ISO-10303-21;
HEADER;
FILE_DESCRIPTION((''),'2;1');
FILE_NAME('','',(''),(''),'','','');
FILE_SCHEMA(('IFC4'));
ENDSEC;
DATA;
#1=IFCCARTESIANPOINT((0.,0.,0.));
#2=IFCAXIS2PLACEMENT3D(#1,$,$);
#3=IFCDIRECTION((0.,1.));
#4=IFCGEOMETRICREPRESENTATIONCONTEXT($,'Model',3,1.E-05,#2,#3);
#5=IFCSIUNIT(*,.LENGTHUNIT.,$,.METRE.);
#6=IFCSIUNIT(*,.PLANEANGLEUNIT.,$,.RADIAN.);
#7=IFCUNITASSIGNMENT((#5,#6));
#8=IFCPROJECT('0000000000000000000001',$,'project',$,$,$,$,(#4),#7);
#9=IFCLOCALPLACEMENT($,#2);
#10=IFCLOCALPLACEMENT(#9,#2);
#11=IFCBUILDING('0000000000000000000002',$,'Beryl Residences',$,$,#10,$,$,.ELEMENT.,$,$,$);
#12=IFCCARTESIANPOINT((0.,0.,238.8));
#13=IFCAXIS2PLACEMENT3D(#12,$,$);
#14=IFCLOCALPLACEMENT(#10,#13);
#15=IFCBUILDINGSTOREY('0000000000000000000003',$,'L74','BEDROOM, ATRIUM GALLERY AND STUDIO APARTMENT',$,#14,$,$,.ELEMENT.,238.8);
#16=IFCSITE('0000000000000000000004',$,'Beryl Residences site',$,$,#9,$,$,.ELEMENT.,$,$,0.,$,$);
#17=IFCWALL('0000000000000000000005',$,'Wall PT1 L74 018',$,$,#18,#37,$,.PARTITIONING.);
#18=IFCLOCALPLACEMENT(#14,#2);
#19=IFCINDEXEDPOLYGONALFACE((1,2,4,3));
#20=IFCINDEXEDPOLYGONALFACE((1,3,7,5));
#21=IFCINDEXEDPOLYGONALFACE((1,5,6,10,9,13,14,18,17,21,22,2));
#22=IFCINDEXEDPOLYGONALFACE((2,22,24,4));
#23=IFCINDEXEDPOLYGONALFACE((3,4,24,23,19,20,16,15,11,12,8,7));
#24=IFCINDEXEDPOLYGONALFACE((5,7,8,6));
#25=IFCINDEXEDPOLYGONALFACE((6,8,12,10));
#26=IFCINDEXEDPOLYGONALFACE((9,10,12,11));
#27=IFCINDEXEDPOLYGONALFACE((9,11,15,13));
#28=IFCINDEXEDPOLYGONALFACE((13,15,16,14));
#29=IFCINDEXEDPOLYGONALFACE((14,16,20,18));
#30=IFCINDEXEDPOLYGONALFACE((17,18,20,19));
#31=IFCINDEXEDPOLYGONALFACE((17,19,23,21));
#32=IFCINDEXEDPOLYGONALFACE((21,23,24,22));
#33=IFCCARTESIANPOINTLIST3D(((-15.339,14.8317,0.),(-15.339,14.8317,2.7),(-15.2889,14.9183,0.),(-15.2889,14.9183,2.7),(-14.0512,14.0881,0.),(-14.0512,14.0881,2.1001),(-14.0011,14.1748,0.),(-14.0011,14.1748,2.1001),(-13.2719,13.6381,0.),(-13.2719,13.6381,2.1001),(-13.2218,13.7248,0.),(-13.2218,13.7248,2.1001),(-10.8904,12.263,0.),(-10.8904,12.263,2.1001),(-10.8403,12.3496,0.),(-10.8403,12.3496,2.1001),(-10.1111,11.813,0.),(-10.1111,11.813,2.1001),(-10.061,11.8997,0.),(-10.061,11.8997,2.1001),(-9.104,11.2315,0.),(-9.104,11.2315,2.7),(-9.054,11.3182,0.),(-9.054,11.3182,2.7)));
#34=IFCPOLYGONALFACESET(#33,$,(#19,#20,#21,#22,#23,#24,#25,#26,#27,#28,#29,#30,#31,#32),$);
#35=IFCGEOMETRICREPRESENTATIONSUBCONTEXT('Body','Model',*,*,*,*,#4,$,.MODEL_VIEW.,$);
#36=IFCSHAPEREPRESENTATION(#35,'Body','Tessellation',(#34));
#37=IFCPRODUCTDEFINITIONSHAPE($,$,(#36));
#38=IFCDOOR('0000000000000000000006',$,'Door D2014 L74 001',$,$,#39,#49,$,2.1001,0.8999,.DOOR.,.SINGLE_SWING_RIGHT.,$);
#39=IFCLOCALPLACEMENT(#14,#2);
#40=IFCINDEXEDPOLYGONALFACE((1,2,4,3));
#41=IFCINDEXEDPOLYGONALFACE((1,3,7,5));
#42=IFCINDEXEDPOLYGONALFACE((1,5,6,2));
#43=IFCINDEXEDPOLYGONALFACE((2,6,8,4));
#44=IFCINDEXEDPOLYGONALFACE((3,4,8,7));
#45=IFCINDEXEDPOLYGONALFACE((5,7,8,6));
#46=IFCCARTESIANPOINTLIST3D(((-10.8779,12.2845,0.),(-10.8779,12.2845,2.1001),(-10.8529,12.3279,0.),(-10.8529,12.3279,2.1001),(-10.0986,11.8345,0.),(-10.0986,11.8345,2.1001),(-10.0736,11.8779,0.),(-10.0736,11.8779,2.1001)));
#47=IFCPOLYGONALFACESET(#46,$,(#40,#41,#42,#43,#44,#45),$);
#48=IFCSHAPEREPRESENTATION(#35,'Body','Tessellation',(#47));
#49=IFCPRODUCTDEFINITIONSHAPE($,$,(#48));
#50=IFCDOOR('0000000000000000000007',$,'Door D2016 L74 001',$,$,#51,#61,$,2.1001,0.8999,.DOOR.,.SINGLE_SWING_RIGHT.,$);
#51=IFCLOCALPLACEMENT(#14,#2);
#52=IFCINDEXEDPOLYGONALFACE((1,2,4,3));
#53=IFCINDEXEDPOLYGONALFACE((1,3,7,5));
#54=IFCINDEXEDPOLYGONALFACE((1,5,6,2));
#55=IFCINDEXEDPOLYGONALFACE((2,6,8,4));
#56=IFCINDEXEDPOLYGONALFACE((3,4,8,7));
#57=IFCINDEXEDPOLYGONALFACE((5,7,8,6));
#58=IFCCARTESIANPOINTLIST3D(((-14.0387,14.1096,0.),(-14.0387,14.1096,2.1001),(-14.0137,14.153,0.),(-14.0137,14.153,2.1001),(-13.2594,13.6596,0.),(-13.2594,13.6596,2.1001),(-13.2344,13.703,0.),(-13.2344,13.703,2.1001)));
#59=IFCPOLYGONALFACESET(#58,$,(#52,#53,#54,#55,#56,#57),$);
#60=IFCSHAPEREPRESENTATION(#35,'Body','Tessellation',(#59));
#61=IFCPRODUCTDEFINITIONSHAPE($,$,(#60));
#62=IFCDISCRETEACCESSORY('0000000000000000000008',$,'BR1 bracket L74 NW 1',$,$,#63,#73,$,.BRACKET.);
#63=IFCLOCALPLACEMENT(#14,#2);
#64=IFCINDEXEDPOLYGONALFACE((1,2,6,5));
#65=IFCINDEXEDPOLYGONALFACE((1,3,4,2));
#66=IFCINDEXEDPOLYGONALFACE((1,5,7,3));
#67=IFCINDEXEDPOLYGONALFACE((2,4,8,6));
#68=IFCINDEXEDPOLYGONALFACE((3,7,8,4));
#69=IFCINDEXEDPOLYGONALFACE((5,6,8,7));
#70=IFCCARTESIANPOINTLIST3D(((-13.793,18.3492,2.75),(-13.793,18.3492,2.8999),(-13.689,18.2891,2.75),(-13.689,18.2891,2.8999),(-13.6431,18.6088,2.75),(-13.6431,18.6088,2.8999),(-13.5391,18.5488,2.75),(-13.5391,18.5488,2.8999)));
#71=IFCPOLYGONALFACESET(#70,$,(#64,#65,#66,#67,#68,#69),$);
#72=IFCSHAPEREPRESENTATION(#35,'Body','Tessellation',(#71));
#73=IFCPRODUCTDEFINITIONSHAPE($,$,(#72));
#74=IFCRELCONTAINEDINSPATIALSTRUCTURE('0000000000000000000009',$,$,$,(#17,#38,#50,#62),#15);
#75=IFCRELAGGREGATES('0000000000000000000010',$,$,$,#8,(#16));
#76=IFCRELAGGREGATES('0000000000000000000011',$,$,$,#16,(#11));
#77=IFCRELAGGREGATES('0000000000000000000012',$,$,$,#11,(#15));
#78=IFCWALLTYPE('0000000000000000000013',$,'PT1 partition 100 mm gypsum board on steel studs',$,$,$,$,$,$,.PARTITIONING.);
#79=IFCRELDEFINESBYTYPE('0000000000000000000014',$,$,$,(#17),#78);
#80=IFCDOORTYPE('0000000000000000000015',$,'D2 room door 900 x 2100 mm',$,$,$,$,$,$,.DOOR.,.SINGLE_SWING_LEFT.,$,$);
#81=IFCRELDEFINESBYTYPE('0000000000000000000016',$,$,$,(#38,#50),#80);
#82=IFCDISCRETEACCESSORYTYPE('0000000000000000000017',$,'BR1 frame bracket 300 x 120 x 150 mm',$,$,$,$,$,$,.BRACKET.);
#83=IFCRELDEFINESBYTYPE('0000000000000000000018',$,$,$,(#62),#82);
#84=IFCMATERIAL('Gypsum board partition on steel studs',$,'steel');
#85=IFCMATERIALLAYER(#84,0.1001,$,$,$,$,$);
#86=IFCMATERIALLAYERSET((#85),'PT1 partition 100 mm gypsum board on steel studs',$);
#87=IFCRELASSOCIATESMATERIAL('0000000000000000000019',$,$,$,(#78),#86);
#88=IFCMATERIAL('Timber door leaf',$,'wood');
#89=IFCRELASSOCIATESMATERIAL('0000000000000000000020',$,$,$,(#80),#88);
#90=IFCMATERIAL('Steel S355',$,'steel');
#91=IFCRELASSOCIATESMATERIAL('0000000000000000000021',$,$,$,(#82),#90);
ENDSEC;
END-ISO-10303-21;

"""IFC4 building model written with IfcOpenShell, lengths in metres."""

from ifc_helpers import new_model, si_unit, direction, frame, frame_2d, origin, place, context, subcontext, project, spatial, polyline, rectangle, outline, extrude, source, transform, mapped, material, layer, layer_set, type_object, type_shapes, element, fill, save


model = new_model("IFC4")

# Units and contexts
model_context = context("Model", 3, precision=1e-05, world=origin(), true_north=direction((0.0, 1.0)))
body_context = subcontext(model_context, "Body", "Model", "MODEL_VIEW")
ifc_project = project(units=[si_unit("LENGTHUNIT", "METRE"), si_unit("PLANEANGLEUNIT", "RADIAN")], contexts=[model_context])

# Site, building, storey
site_placement = place(None, origin())
site = spatial("IfcSite", under=ifc_project, at=site_placement, Name="Beryl Residences site", CompositionType="ELEMENT", RefElevation=0.0)
building_placement = place(site_placement, origin())
building = spatial("IfcBuilding", under=site, at=building_placement, Name="Beryl Residences", CompositionType="ELEMENT")
storey_placement = place(building_placement, frame((0.0, 0.0, 238.8)))
storey = spatial("IfcBuildingStorey", under=building, at=storey_placement, Name="L74", Description="BEDROOM, ATRIUM GALLERY AND STUDIO APARTMENT", CompositionType="ELEMENT", Elevation=238.8)

# Wall, openings, doors
ifc_material_1 = material(Name="Gypsum board partition on steel studs", Category="steel")
ifc_layer_1 = layer(ifc_material_1, 0.1001)
ifc_layer_set_1 = layer_set([ifc_layer_1], Name="PT1 partition 100 mm gypsum board on steel studs")
wall_type_1 = type_object("IfcWallType", Name="PT1 partition 100 mm gypsum board on steel studs", PredefinedType="PARTITIONING", material=ifc_layer_set_1)
wall_1_placement = place(storey_placement, frame((-15.314, 14.875, 0.0), z_axis=(0.0, 0.0, 1.0), x_axis=(0.866001, -0.500041, 0.0)))
wall_1 = element("IfcWall", 1, at=wall_1_placement, inside=storey, type_object=wall_type_1, Name="Wall PT1 L74 018", PredefinedType="PARTITIONING", context=body_context, shape_type="SweptSolid", body=[
    extrude(rectangle(XDim=7.1997, YDim=0.1001, at=frame_2d((3.5999, 0.0))), origin(), (0.0, 0.0, 1.0), 2.7),
])
opening_1_placement = place(wall_1_placement, frame((5.137, 0.0, 0.0)))
opening_1 = element("IfcOpeningElement", 2, at=opening_1_placement, cuts=wall_1, PredefinedType="OPENING", context=body_context, shape_type="SweptSolid", body=[
    extrude(rectangle(XDim=0.8999, YDim=2.1001, at=frame_2d((0.45, 1.05))), frame((0.0, 0.0601, 0.0), z_axis=(0.0, -1.0, 0.0), x_axis=(1.0, 0.0, 0.0)), (0.0, 0.0, 1.0), 0.1201),
])
opening_2_placement = place(wall_1_placement, frame((1.4871, 0.0, 0.0)))
opening_2 = element("IfcOpeningElement", 3, at=opening_2_placement, cuts=wall_1, PredefinedType="OPENING", context=body_context, shape_type="SweptSolid", body=[
    extrude(rectangle(XDim=0.8999, YDim=2.1001, at=frame_2d((0.45, 1.05))), frame((0.0, 0.0601, 0.0), z_axis=(0.0, -1.0, 0.0), x_axis=(1.0, 0.0, 0.0)), (0.0, 0.0, 1.0), 0.1201),
])
ifc_material_2 = material(Name="Timber door leaf", Category="wood")
door_type = type_object("IfcDoorType", Name="D2 room door 900 x 2100 mm", OperationType="SINGLE_SWING_LEFT", PredefinedType="DOOR", material=ifc_material_2)
door_1_placement = place(opening_1_placement, origin())
door_1 = element("IfcDoor", 4, at=door_1_placement, inside=storey, type_object=door_type, Name="Door D2014 L74 001", OperationType="SINGLE_SWING_RIGHT", OverallHeight=2.1001, OverallWidth=0.8999, PredefinedType="DOOR", context=body_context, shape_type="SweptSolid", body=[
    extrude(rectangle(XDim=0.8999, YDim=2.1001, at=frame_2d((0.45, 1.05))), frame((0.0, 0.0249, 0.0), z_axis=(0.0, -1.0, 0.0), x_axis=(1.0, 0.0, 0.0)), (0.0, 0.0, 1.0), 0.05),
])
fill(opening_1, door_1)
door_2_placement = place(opening_2_placement, origin())
door_2 = element("IfcDoor", 5, at=door_2_placement, inside=storey, type_object=door_type, Name="Door D2016 L74 001", OperationType="SINGLE_SWING_RIGHT", OverallHeight=2.1001, OverallWidth=0.8999, PredefinedType="DOOR", context=body_context, shape_type="SweptSolid", body=[
    extrude(rectangle(XDim=0.8999, YDim=2.1001, at=frame_2d((0.45, 1.05))), frame((0.0, 0.0249, 0.0), z_axis=(0.0, -1.0, 0.0), x_axis=(1.0, 0.0, 0.0)), (0.0, 0.0, 1.0), 0.05),
])
fill(opening_2, door_2)

# Discrete accessory
ifc_material_3 = material(Name="Steel S355", Category="steel")
discrete_accessory_type = type_object("IfcDiscreteAccessoryType", Name="BR1 frame bracket 300 x 120 x 150 mm", PredefinedType="BRACKET", material=ifc_material_3)
shared_shape_1 = source(origin(), body_context, "Body", "SweptSolid", [
    extrude(outline(polyline([(-0.1499, 0.0), (0.1499, 0.0), (0.1499, 0.1201), (-0.1499, 0.1201), (-0.1499, 0.0)])), origin(), (0.0, 0.0, 1.0), 0.1499),
])
type_shapes(discrete_accessory_type, [shared_shape_1])
discrete_accessory_placement = place(storey_placement, frame((-13.614, 18.4189, 2.75), z_axis=(0.0, 0.0, 1.0), x_axis=(0.5, 0.866025, 0.0)))
element("IfcDiscreteAccessory", 6, at=discrete_accessory_placement, inside=storey, type_object=discrete_accessory_type, Name="BR1 bracket L74 NW 1", PredefinedType="BRACKET", context=body_context, shape_type="MappedRepresentation", body=[
    mapped(shared_shape_1, transform((0.0, 0.0, 0.0))),
])

save(model, "model.ifc")
